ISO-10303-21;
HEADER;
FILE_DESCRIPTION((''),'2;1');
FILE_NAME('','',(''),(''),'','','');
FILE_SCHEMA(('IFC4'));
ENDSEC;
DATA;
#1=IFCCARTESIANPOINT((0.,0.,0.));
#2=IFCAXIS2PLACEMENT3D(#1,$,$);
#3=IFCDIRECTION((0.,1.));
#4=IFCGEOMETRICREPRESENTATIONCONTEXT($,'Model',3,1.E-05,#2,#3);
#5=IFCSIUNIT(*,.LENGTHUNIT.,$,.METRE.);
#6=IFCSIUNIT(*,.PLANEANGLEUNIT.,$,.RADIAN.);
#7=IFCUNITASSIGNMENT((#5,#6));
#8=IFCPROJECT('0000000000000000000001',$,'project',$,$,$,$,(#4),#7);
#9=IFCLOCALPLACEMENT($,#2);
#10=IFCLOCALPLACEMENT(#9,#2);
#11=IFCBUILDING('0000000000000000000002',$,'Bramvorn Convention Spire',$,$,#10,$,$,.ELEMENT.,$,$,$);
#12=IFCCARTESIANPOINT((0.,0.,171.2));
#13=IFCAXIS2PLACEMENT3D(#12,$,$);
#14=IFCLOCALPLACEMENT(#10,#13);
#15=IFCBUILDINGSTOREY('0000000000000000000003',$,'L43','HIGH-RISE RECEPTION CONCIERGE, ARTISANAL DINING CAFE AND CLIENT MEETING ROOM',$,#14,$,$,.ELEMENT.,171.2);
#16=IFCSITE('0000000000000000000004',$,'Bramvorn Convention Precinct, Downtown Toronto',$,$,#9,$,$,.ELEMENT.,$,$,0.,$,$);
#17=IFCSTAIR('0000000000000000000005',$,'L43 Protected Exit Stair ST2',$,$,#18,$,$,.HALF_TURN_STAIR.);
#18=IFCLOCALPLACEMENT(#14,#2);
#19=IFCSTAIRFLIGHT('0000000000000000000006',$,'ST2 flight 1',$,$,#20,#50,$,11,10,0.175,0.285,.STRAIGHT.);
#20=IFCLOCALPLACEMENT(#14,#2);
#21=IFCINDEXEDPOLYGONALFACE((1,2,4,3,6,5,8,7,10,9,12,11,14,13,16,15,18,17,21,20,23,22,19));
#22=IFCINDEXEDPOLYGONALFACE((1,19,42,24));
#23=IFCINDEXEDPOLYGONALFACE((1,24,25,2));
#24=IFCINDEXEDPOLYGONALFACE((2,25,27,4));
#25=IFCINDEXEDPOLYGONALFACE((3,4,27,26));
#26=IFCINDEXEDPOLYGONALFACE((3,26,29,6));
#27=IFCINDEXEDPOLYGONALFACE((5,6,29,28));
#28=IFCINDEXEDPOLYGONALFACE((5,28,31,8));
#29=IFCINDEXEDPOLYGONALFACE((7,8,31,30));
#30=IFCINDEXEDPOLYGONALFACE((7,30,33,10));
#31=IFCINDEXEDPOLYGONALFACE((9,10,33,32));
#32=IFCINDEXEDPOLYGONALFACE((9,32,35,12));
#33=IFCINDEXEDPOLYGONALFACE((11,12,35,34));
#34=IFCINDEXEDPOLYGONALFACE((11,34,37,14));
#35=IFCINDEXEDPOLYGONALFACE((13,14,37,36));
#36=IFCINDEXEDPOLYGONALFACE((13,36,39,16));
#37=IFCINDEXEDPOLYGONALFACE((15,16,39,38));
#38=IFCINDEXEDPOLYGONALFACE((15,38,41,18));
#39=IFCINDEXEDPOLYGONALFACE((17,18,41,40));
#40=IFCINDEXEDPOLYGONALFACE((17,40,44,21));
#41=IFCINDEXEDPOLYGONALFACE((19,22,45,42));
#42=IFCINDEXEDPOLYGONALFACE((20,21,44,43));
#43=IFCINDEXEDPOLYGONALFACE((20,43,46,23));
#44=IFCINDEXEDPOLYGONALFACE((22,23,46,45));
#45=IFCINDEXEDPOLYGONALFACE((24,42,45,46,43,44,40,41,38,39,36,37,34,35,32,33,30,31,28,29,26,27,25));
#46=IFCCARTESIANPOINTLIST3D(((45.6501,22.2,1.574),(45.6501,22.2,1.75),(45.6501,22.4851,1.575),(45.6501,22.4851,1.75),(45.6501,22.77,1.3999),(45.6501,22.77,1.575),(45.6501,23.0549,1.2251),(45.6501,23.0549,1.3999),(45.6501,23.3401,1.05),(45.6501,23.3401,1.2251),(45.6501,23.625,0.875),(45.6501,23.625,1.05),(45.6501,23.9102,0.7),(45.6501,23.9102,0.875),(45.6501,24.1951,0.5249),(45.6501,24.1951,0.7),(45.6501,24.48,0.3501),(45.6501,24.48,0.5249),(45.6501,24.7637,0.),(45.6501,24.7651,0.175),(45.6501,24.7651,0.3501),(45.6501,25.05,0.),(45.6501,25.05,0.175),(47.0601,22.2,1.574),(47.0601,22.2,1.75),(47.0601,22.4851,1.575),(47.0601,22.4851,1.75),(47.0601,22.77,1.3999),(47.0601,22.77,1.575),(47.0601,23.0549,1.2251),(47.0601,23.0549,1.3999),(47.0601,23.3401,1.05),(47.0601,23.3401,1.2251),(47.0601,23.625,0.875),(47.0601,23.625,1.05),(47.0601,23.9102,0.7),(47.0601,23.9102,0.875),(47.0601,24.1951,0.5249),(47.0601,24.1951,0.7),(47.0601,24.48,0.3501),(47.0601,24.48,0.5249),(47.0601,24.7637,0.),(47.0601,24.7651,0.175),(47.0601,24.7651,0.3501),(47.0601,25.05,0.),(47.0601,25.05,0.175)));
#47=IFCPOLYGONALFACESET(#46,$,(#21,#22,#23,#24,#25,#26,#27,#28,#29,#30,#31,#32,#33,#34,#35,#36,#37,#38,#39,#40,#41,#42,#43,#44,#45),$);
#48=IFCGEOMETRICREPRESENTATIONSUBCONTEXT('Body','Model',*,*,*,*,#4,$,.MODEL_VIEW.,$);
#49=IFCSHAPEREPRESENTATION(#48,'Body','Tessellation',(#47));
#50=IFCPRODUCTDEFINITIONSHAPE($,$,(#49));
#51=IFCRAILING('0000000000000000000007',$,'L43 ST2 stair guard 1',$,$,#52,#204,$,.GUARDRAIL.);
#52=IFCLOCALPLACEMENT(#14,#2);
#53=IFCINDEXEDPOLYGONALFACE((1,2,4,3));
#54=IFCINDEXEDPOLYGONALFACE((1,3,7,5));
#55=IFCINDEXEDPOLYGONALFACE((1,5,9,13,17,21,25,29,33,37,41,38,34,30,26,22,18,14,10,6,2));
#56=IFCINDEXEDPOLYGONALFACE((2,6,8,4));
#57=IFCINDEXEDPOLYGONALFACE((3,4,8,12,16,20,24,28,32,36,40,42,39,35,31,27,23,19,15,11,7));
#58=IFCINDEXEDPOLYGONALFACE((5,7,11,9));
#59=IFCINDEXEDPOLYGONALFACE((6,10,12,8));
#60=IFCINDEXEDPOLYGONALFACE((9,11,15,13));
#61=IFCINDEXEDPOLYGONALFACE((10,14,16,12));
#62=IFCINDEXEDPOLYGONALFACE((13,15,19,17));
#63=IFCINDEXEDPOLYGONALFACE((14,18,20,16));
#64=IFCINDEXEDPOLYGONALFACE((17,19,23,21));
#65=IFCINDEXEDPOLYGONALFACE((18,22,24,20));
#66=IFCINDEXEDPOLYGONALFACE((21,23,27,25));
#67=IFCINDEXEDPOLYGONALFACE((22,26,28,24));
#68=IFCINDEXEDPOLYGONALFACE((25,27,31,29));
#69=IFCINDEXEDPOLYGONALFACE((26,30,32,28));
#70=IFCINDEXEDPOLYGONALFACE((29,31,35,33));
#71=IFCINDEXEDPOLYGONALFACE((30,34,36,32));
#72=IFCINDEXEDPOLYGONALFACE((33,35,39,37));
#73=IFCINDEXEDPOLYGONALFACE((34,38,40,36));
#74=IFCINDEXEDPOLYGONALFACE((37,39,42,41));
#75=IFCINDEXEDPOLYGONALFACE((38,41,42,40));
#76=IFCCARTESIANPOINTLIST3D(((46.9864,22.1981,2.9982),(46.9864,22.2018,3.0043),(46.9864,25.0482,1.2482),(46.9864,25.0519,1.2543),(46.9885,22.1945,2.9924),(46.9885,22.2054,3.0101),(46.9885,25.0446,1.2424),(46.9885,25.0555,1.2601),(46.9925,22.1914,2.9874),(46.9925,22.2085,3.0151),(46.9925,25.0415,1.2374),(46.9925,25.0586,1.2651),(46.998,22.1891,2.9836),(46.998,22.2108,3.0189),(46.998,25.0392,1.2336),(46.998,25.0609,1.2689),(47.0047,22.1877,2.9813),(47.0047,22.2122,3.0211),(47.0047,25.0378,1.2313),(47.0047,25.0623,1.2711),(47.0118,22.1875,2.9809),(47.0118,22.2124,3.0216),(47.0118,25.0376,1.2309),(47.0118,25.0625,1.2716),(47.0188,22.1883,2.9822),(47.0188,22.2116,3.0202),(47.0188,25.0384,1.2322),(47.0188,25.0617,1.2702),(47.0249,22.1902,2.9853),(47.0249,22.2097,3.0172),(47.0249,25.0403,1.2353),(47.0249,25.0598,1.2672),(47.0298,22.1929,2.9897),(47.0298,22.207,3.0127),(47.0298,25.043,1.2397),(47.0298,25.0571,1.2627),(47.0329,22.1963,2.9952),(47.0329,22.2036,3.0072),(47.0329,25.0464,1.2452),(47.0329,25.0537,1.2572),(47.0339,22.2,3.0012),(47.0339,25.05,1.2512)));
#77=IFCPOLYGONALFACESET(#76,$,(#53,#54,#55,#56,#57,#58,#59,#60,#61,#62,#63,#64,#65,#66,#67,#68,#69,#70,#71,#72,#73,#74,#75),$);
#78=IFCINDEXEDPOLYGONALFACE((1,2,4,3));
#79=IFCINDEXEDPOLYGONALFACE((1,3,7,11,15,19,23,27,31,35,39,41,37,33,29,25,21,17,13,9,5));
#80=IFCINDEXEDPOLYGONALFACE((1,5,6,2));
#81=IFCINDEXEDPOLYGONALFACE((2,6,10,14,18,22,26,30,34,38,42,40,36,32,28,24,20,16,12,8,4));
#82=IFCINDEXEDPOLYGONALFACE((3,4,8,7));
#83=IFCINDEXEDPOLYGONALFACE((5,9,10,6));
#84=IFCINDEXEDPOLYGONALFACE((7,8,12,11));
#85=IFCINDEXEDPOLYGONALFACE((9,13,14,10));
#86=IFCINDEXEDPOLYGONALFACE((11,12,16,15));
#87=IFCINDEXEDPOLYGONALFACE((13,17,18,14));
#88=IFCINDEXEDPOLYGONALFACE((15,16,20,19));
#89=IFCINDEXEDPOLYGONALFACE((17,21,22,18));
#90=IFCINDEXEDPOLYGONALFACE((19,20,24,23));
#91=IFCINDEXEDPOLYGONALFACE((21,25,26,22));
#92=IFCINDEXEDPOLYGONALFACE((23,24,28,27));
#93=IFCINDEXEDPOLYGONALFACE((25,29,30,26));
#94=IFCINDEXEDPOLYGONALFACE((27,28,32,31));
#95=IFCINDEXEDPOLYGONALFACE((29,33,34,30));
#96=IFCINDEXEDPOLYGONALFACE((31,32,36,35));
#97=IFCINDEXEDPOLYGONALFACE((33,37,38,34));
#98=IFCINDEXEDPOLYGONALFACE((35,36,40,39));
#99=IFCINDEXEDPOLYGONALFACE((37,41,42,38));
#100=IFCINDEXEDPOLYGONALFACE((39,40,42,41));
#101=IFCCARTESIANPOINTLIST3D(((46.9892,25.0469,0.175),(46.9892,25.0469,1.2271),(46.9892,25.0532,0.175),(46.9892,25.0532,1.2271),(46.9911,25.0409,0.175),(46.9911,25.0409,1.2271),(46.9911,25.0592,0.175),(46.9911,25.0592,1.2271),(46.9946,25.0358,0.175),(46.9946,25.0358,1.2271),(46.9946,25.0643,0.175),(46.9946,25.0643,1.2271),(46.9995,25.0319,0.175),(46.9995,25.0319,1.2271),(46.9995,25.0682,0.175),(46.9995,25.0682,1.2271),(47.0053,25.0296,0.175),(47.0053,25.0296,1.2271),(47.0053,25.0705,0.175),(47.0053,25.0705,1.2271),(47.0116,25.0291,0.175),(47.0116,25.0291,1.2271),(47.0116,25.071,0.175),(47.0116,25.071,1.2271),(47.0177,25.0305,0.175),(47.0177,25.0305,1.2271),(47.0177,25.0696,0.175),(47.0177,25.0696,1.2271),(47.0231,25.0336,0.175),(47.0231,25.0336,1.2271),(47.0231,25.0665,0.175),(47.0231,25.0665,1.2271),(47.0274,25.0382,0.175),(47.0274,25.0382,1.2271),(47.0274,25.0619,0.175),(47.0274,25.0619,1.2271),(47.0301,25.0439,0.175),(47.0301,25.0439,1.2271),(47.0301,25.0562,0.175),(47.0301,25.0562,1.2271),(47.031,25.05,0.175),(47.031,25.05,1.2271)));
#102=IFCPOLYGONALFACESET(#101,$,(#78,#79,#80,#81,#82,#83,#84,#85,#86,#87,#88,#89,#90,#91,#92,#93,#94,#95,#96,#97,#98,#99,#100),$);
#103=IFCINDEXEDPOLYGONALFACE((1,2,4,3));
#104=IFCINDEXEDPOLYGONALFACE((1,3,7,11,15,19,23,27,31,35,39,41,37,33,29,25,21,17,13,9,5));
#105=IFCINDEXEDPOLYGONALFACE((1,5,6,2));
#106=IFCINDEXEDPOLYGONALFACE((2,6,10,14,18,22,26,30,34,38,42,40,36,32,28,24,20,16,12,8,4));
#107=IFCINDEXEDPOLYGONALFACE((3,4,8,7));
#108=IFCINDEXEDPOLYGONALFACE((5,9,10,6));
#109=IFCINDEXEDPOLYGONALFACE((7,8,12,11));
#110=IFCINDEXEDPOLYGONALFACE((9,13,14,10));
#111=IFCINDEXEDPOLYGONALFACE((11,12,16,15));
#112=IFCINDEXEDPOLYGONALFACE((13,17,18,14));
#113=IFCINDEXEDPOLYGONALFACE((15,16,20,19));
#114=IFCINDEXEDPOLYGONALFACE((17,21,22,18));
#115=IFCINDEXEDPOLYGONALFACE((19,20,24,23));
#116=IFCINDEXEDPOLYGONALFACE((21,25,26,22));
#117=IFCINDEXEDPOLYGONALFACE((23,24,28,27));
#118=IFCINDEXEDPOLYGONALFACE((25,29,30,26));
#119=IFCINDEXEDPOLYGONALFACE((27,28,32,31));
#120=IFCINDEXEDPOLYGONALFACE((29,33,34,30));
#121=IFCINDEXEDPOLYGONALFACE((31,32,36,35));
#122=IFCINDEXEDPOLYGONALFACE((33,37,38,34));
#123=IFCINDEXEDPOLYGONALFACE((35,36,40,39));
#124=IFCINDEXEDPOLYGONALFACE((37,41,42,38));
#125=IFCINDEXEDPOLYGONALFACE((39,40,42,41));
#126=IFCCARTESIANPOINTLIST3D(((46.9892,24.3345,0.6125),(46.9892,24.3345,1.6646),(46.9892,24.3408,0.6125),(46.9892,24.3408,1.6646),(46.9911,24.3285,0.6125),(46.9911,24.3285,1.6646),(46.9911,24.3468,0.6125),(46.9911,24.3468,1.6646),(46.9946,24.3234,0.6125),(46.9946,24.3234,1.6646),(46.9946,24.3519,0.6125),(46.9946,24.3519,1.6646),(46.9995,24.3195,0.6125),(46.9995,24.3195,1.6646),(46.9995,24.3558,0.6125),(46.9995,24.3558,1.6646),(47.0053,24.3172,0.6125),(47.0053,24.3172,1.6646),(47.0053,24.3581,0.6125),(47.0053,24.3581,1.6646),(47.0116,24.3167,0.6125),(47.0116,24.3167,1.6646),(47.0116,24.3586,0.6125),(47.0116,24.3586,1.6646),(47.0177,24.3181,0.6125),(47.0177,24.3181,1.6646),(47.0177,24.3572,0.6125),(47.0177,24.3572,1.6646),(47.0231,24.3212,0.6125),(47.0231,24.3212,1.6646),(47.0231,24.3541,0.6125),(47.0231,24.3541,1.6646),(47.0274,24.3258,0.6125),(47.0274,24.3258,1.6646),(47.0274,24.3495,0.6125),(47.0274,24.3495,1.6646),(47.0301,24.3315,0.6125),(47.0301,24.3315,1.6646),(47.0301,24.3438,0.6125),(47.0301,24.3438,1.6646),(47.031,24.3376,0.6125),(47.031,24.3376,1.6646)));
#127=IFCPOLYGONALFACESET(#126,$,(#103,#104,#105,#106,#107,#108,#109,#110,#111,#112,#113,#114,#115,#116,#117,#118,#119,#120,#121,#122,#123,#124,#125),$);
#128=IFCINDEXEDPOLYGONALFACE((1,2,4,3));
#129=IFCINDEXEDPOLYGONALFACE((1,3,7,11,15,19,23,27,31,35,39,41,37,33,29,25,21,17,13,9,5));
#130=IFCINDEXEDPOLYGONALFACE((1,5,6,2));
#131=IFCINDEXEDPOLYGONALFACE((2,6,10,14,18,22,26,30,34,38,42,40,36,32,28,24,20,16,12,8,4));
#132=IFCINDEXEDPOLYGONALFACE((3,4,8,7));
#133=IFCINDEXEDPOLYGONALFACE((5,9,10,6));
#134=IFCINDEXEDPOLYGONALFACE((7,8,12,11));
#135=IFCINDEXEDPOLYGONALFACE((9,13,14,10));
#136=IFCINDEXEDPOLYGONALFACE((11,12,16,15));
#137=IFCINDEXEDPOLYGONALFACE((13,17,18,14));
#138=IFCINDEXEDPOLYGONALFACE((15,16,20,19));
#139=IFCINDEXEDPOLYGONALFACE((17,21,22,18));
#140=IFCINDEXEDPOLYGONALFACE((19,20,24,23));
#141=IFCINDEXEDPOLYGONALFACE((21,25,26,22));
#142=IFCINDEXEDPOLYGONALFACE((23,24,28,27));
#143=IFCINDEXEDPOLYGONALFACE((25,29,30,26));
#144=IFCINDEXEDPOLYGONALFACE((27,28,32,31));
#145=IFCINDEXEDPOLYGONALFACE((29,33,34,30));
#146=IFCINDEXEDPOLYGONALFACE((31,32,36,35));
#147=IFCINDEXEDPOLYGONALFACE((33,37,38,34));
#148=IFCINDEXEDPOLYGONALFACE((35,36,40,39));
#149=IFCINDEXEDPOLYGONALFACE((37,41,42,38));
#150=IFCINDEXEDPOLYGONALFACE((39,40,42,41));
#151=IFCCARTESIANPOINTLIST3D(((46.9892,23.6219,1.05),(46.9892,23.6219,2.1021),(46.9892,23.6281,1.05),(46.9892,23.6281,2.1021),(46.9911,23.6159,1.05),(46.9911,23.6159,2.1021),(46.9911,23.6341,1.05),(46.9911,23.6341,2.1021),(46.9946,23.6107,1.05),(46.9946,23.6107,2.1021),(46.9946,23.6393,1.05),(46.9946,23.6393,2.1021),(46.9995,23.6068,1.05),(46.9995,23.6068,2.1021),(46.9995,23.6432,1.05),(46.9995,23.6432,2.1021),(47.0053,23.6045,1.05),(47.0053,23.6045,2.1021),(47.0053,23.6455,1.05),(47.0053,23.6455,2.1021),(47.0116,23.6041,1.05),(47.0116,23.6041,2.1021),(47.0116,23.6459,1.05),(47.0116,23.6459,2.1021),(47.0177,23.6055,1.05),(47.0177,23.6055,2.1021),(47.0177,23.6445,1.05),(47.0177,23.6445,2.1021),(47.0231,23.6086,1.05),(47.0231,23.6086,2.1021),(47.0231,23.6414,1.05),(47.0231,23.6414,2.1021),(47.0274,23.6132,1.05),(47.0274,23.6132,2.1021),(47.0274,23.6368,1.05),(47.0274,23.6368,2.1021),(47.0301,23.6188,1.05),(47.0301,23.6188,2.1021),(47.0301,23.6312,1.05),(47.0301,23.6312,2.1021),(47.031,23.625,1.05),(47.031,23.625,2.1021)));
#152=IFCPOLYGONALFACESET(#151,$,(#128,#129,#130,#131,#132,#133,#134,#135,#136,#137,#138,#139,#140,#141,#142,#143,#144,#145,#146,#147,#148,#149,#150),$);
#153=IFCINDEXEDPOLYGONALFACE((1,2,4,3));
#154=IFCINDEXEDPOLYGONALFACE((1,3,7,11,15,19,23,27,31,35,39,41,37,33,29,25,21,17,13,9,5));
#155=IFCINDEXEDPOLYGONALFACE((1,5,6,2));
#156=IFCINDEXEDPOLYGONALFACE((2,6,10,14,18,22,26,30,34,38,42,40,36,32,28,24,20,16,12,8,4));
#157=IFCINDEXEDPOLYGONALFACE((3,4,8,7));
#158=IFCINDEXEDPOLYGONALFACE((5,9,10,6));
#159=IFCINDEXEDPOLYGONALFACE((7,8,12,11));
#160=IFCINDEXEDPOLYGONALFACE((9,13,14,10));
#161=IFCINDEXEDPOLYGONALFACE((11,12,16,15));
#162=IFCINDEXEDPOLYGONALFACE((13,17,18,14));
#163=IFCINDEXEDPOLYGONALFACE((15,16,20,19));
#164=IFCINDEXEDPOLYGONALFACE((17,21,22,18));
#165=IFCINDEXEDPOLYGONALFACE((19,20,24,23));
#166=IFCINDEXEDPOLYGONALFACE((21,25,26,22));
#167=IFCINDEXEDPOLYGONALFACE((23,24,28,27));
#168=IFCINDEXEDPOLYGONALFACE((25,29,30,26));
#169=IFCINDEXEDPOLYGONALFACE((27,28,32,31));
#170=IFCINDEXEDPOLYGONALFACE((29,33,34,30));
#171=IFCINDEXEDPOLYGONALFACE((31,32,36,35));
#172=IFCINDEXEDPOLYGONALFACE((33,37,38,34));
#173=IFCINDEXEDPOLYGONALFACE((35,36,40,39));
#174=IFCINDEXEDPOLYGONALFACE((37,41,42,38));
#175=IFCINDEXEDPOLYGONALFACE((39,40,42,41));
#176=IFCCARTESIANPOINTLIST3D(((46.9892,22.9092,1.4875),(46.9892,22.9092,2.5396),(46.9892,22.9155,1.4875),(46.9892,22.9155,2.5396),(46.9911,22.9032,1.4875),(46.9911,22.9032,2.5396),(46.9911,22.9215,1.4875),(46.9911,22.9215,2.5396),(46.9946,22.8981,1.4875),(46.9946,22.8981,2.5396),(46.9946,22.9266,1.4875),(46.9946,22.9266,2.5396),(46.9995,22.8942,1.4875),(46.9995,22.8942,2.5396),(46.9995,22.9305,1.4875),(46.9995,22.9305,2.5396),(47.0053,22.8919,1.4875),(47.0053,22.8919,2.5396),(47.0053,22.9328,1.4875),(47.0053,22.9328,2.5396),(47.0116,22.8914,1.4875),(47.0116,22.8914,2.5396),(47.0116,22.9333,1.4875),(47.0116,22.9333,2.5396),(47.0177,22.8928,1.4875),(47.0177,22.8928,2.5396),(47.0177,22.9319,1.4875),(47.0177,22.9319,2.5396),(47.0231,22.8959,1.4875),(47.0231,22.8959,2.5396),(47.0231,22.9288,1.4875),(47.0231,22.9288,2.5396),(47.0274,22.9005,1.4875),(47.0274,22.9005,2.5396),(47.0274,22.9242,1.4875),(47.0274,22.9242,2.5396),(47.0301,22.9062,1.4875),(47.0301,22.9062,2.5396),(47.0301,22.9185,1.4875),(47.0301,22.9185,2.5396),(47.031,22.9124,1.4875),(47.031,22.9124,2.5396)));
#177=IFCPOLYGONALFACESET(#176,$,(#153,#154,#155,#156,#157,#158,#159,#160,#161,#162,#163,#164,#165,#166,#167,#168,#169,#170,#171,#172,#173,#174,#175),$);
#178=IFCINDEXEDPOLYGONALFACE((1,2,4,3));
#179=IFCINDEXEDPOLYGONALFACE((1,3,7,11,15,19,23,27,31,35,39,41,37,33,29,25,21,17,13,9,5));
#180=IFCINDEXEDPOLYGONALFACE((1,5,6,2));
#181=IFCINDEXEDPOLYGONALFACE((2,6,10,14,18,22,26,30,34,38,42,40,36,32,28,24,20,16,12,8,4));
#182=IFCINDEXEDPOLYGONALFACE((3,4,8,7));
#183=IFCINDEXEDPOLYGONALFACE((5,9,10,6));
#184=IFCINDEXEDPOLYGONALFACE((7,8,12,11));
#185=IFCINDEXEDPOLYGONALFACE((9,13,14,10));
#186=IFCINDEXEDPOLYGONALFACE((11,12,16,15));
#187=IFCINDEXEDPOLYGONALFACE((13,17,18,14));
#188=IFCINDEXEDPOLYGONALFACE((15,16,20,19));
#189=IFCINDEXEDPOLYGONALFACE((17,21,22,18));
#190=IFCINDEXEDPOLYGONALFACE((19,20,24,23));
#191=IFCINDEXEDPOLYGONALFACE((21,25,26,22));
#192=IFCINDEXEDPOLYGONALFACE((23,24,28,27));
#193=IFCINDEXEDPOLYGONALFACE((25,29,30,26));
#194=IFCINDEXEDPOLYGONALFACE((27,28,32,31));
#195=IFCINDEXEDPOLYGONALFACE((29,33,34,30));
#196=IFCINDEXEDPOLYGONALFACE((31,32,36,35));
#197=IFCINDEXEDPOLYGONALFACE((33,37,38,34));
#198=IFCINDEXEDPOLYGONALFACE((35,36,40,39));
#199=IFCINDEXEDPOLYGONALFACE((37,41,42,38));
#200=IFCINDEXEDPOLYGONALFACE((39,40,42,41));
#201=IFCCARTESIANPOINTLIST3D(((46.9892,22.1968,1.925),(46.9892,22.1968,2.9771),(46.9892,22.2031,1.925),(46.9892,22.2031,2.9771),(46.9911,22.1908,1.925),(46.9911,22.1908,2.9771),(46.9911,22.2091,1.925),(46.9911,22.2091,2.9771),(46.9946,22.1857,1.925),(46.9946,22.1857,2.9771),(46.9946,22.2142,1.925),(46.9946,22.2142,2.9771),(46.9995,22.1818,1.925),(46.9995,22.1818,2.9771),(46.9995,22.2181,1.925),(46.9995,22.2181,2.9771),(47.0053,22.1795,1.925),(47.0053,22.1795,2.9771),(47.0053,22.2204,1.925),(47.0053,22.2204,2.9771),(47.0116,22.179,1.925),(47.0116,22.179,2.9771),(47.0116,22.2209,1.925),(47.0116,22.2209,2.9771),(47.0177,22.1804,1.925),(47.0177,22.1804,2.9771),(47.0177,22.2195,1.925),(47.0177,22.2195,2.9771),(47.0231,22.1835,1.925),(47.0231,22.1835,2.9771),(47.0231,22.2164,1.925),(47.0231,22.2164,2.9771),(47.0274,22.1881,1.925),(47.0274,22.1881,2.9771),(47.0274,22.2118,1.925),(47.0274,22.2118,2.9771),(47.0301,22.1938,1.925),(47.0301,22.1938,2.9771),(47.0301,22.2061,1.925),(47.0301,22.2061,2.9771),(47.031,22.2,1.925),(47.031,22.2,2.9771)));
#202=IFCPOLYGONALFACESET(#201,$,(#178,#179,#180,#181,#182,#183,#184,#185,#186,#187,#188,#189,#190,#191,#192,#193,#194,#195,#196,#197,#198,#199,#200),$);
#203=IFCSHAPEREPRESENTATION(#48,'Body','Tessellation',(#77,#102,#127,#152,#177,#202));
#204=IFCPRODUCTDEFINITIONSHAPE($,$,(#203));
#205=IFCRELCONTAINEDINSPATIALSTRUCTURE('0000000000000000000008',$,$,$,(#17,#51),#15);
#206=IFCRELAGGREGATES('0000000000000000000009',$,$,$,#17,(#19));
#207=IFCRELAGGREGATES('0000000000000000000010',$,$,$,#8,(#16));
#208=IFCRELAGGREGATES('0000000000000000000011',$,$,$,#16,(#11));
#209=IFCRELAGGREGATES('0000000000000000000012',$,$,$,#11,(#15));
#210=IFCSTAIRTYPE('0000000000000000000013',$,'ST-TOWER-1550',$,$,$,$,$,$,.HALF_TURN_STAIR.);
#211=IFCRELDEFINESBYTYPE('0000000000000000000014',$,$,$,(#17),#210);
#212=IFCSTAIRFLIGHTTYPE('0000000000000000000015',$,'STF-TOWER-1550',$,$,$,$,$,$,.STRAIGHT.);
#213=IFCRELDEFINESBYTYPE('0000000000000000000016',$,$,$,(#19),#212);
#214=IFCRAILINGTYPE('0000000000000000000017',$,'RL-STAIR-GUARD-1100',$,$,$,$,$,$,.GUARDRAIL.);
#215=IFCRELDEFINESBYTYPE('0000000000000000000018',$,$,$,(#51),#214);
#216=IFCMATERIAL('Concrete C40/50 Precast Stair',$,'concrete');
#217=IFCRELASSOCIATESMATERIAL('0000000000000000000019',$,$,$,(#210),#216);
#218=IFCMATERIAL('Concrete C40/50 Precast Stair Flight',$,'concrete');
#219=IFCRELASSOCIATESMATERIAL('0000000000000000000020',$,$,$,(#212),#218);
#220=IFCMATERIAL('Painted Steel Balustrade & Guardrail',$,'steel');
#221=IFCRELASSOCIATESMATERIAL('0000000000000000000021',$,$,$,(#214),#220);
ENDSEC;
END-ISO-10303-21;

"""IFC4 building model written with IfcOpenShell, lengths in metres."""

from ifc_helpers import new_model, si_unit, direction, frame, origin, origin_2d, place, context, subcontext, project, spatial, polyline, circle, outline, extrude, material, type_object, element, aggregate, save


model = new_model("IFC4")

# Units and contexts
model_context = context("Model", 3, precision=1e-05, world=origin(), true_north=direction((0.0, 1.0)))
body_context = subcontext(model_context, "Body", "Model", "MODEL_VIEW")
ifc_project = project(units=[si_unit("LENGTHUNIT", "METRE"), si_unit("PLANEANGLEUNIT", "RADIAN")], contexts=[model_context])

# Site, building, storey
site_placement = place(None, origin())
site = spatial("IfcSite", under=ifc_project, at=site_placement, Name="Bramvorn Convention Precinct, Downtown Toronto", CompositionType="ELEMENT", RefElevation=0.0)
building_placement = place(site_placement, origin())
building = spatial("IfcBuilding", under=site, at=building_placement, Name="Bramvorn Convention Spire", CompositionType="ELEMENT")
storey_placement = place(building_placement, frame((0.0, 0.0, 171.2)))
storey = spatial("IfcBuildingStorey", under=building, at=storey_placement, Name="L43", Description="HIGH-RISE RECEPTION CONCIERGE, ARTISANAL DINING CAFE AND CLIENT MEETING ROOM", CompositionType="ELEMENT", Elevation=171.2)

# Stair, stair flight
ifc_material_1 = material(Name="Concrete C40/50 Precast Stair", Category="concrete")
stair_type = type_object("IfcStairType", Name="ST-TOWER-1550", PredefinedType="HALF_TURN_STAIR", material=ifc_material_1)
stair_placement = place(storey_placement, origin())
stair = element("IfcStair", 1, at=stair_placement, inside=storey, type_object=stair_type, Name="L43 Protected Exit Stair ST2", PredefinedType="HALF_TURN_STAIR")
ifc_material_2 = material(Name="Concrete C40/50 Precast Stair Flight", Category="concrete")
stair_flight_type = type_object("IfcStairFlightType", Name="STF-TOWER-1550", PredefinedType="STRAIGHT", material=ifc_material_2)
stair_flight_placement = place(storey_placement, frame((46.355, 25.05, 0.0), z_axis=(0.0, 0.0, 1.0), x_axis=(0.0, -1.0, 0.0)))
stair_flight = element("IfcStairFlight", 2, at=stair_flight_placement, type_object=stair_flight_type, Name="ST2 flight 1", NumberOfRisers=11, NumberOfTreads=10, PredefinedType="STRAIGHT", RiserHeight=0.175, TreadLength=0.285, context=body_context, shape_type="SweptSolid", body=[
    extrude(outline(polyline([(0.0, 0.0), (0.0, 0.175), (0.2849, 0.175), (0.2849, 0.3501), (0.5701, 0.3501), (0.5701, 0.5249), (0.855, 0.5249), (0.855, 0.7), (1.1399, 0.7), (1.1399, 0.875), (1.425, 0.875), (1.425, 1.05), (1.71, 1.05), (1.71, 1.2251), (1.9951, 1.2251), (1.9951, 1.3999), (2.28, 1.3999), (2.28, 1.575), (2.5649, 1.575), (2.5649, 1.75), (2.8501, 1.75), (2.8501, 1.925), (2.8501, 1.574), (0.2864, 0.0), (0.0, 0.0)])), frame((0.0, 0.7051, 0.0), z_axis=(0.0, -1.0, 0.0), x_axis=(1.0, 0.0, 0.0)), (0.0, 0.0, 1.0), 1.4099),
])
aggregate(stair, [stair_flight])

# Railing
ifc_material_3 = material(Name="Painted Steel Balustrade & Guardrail", Category="steel")
railing_type_1 = type_object("IfcRailingType", Name="RL-STAIR-GUARD-1100", PredefinedType="GUARDRAIL", material=ifc_material_3)
railing_1_placement = place(storey_placement, frame((47.01, 25.05, 0.175)))
element("IfcRailing", 3, at=railing_1_placement, inside=storey, type_object=railing_type_1, Name="L43 ST2 stair guard 1", PredefinedType="GUARDRAIL", context=body_context, shape_type="SweptSolid", body=[
    extrude(circle(Radius=0.0239, at=origin_2d()), frame((0.0, 0.0, 1.0762), z_axis=(0.0, -0.852179, 0.52325), x_axis=(1.0, 0.0, 0.0)), (0.0, 0.0, 1.0), 3.3445),
    extrude(circle(Radius=0.021, at=origin_2d()), origin(), (0.0, 0.0, 1.0), 1.052),
    extrude(circle(Radius=0.021, at=origin_2d()), frame((0.0, -0.7124, 0.4375)), (0.0, 0.0, 1.0), 1.052),
    extrude(circle(Radius=0.021, at=origin_2d()), frame((0.0, -1.425, 0.875)), (0.0, 0.0, 1.0), 1.052),
    extrude(circle(Radius=0.021, at=origin_2d()), frame((0.0, -2.1377, 1.3125)), (0.0, 0.0, 1.0), 1.052),
    extrude(circle(Radius=0.021, at=origin_2d()), frame((0.0, -2.8501, 1.75)), (0.0, 0.0, 1.0), 1.052),
])

save(model, "model.ifc")
